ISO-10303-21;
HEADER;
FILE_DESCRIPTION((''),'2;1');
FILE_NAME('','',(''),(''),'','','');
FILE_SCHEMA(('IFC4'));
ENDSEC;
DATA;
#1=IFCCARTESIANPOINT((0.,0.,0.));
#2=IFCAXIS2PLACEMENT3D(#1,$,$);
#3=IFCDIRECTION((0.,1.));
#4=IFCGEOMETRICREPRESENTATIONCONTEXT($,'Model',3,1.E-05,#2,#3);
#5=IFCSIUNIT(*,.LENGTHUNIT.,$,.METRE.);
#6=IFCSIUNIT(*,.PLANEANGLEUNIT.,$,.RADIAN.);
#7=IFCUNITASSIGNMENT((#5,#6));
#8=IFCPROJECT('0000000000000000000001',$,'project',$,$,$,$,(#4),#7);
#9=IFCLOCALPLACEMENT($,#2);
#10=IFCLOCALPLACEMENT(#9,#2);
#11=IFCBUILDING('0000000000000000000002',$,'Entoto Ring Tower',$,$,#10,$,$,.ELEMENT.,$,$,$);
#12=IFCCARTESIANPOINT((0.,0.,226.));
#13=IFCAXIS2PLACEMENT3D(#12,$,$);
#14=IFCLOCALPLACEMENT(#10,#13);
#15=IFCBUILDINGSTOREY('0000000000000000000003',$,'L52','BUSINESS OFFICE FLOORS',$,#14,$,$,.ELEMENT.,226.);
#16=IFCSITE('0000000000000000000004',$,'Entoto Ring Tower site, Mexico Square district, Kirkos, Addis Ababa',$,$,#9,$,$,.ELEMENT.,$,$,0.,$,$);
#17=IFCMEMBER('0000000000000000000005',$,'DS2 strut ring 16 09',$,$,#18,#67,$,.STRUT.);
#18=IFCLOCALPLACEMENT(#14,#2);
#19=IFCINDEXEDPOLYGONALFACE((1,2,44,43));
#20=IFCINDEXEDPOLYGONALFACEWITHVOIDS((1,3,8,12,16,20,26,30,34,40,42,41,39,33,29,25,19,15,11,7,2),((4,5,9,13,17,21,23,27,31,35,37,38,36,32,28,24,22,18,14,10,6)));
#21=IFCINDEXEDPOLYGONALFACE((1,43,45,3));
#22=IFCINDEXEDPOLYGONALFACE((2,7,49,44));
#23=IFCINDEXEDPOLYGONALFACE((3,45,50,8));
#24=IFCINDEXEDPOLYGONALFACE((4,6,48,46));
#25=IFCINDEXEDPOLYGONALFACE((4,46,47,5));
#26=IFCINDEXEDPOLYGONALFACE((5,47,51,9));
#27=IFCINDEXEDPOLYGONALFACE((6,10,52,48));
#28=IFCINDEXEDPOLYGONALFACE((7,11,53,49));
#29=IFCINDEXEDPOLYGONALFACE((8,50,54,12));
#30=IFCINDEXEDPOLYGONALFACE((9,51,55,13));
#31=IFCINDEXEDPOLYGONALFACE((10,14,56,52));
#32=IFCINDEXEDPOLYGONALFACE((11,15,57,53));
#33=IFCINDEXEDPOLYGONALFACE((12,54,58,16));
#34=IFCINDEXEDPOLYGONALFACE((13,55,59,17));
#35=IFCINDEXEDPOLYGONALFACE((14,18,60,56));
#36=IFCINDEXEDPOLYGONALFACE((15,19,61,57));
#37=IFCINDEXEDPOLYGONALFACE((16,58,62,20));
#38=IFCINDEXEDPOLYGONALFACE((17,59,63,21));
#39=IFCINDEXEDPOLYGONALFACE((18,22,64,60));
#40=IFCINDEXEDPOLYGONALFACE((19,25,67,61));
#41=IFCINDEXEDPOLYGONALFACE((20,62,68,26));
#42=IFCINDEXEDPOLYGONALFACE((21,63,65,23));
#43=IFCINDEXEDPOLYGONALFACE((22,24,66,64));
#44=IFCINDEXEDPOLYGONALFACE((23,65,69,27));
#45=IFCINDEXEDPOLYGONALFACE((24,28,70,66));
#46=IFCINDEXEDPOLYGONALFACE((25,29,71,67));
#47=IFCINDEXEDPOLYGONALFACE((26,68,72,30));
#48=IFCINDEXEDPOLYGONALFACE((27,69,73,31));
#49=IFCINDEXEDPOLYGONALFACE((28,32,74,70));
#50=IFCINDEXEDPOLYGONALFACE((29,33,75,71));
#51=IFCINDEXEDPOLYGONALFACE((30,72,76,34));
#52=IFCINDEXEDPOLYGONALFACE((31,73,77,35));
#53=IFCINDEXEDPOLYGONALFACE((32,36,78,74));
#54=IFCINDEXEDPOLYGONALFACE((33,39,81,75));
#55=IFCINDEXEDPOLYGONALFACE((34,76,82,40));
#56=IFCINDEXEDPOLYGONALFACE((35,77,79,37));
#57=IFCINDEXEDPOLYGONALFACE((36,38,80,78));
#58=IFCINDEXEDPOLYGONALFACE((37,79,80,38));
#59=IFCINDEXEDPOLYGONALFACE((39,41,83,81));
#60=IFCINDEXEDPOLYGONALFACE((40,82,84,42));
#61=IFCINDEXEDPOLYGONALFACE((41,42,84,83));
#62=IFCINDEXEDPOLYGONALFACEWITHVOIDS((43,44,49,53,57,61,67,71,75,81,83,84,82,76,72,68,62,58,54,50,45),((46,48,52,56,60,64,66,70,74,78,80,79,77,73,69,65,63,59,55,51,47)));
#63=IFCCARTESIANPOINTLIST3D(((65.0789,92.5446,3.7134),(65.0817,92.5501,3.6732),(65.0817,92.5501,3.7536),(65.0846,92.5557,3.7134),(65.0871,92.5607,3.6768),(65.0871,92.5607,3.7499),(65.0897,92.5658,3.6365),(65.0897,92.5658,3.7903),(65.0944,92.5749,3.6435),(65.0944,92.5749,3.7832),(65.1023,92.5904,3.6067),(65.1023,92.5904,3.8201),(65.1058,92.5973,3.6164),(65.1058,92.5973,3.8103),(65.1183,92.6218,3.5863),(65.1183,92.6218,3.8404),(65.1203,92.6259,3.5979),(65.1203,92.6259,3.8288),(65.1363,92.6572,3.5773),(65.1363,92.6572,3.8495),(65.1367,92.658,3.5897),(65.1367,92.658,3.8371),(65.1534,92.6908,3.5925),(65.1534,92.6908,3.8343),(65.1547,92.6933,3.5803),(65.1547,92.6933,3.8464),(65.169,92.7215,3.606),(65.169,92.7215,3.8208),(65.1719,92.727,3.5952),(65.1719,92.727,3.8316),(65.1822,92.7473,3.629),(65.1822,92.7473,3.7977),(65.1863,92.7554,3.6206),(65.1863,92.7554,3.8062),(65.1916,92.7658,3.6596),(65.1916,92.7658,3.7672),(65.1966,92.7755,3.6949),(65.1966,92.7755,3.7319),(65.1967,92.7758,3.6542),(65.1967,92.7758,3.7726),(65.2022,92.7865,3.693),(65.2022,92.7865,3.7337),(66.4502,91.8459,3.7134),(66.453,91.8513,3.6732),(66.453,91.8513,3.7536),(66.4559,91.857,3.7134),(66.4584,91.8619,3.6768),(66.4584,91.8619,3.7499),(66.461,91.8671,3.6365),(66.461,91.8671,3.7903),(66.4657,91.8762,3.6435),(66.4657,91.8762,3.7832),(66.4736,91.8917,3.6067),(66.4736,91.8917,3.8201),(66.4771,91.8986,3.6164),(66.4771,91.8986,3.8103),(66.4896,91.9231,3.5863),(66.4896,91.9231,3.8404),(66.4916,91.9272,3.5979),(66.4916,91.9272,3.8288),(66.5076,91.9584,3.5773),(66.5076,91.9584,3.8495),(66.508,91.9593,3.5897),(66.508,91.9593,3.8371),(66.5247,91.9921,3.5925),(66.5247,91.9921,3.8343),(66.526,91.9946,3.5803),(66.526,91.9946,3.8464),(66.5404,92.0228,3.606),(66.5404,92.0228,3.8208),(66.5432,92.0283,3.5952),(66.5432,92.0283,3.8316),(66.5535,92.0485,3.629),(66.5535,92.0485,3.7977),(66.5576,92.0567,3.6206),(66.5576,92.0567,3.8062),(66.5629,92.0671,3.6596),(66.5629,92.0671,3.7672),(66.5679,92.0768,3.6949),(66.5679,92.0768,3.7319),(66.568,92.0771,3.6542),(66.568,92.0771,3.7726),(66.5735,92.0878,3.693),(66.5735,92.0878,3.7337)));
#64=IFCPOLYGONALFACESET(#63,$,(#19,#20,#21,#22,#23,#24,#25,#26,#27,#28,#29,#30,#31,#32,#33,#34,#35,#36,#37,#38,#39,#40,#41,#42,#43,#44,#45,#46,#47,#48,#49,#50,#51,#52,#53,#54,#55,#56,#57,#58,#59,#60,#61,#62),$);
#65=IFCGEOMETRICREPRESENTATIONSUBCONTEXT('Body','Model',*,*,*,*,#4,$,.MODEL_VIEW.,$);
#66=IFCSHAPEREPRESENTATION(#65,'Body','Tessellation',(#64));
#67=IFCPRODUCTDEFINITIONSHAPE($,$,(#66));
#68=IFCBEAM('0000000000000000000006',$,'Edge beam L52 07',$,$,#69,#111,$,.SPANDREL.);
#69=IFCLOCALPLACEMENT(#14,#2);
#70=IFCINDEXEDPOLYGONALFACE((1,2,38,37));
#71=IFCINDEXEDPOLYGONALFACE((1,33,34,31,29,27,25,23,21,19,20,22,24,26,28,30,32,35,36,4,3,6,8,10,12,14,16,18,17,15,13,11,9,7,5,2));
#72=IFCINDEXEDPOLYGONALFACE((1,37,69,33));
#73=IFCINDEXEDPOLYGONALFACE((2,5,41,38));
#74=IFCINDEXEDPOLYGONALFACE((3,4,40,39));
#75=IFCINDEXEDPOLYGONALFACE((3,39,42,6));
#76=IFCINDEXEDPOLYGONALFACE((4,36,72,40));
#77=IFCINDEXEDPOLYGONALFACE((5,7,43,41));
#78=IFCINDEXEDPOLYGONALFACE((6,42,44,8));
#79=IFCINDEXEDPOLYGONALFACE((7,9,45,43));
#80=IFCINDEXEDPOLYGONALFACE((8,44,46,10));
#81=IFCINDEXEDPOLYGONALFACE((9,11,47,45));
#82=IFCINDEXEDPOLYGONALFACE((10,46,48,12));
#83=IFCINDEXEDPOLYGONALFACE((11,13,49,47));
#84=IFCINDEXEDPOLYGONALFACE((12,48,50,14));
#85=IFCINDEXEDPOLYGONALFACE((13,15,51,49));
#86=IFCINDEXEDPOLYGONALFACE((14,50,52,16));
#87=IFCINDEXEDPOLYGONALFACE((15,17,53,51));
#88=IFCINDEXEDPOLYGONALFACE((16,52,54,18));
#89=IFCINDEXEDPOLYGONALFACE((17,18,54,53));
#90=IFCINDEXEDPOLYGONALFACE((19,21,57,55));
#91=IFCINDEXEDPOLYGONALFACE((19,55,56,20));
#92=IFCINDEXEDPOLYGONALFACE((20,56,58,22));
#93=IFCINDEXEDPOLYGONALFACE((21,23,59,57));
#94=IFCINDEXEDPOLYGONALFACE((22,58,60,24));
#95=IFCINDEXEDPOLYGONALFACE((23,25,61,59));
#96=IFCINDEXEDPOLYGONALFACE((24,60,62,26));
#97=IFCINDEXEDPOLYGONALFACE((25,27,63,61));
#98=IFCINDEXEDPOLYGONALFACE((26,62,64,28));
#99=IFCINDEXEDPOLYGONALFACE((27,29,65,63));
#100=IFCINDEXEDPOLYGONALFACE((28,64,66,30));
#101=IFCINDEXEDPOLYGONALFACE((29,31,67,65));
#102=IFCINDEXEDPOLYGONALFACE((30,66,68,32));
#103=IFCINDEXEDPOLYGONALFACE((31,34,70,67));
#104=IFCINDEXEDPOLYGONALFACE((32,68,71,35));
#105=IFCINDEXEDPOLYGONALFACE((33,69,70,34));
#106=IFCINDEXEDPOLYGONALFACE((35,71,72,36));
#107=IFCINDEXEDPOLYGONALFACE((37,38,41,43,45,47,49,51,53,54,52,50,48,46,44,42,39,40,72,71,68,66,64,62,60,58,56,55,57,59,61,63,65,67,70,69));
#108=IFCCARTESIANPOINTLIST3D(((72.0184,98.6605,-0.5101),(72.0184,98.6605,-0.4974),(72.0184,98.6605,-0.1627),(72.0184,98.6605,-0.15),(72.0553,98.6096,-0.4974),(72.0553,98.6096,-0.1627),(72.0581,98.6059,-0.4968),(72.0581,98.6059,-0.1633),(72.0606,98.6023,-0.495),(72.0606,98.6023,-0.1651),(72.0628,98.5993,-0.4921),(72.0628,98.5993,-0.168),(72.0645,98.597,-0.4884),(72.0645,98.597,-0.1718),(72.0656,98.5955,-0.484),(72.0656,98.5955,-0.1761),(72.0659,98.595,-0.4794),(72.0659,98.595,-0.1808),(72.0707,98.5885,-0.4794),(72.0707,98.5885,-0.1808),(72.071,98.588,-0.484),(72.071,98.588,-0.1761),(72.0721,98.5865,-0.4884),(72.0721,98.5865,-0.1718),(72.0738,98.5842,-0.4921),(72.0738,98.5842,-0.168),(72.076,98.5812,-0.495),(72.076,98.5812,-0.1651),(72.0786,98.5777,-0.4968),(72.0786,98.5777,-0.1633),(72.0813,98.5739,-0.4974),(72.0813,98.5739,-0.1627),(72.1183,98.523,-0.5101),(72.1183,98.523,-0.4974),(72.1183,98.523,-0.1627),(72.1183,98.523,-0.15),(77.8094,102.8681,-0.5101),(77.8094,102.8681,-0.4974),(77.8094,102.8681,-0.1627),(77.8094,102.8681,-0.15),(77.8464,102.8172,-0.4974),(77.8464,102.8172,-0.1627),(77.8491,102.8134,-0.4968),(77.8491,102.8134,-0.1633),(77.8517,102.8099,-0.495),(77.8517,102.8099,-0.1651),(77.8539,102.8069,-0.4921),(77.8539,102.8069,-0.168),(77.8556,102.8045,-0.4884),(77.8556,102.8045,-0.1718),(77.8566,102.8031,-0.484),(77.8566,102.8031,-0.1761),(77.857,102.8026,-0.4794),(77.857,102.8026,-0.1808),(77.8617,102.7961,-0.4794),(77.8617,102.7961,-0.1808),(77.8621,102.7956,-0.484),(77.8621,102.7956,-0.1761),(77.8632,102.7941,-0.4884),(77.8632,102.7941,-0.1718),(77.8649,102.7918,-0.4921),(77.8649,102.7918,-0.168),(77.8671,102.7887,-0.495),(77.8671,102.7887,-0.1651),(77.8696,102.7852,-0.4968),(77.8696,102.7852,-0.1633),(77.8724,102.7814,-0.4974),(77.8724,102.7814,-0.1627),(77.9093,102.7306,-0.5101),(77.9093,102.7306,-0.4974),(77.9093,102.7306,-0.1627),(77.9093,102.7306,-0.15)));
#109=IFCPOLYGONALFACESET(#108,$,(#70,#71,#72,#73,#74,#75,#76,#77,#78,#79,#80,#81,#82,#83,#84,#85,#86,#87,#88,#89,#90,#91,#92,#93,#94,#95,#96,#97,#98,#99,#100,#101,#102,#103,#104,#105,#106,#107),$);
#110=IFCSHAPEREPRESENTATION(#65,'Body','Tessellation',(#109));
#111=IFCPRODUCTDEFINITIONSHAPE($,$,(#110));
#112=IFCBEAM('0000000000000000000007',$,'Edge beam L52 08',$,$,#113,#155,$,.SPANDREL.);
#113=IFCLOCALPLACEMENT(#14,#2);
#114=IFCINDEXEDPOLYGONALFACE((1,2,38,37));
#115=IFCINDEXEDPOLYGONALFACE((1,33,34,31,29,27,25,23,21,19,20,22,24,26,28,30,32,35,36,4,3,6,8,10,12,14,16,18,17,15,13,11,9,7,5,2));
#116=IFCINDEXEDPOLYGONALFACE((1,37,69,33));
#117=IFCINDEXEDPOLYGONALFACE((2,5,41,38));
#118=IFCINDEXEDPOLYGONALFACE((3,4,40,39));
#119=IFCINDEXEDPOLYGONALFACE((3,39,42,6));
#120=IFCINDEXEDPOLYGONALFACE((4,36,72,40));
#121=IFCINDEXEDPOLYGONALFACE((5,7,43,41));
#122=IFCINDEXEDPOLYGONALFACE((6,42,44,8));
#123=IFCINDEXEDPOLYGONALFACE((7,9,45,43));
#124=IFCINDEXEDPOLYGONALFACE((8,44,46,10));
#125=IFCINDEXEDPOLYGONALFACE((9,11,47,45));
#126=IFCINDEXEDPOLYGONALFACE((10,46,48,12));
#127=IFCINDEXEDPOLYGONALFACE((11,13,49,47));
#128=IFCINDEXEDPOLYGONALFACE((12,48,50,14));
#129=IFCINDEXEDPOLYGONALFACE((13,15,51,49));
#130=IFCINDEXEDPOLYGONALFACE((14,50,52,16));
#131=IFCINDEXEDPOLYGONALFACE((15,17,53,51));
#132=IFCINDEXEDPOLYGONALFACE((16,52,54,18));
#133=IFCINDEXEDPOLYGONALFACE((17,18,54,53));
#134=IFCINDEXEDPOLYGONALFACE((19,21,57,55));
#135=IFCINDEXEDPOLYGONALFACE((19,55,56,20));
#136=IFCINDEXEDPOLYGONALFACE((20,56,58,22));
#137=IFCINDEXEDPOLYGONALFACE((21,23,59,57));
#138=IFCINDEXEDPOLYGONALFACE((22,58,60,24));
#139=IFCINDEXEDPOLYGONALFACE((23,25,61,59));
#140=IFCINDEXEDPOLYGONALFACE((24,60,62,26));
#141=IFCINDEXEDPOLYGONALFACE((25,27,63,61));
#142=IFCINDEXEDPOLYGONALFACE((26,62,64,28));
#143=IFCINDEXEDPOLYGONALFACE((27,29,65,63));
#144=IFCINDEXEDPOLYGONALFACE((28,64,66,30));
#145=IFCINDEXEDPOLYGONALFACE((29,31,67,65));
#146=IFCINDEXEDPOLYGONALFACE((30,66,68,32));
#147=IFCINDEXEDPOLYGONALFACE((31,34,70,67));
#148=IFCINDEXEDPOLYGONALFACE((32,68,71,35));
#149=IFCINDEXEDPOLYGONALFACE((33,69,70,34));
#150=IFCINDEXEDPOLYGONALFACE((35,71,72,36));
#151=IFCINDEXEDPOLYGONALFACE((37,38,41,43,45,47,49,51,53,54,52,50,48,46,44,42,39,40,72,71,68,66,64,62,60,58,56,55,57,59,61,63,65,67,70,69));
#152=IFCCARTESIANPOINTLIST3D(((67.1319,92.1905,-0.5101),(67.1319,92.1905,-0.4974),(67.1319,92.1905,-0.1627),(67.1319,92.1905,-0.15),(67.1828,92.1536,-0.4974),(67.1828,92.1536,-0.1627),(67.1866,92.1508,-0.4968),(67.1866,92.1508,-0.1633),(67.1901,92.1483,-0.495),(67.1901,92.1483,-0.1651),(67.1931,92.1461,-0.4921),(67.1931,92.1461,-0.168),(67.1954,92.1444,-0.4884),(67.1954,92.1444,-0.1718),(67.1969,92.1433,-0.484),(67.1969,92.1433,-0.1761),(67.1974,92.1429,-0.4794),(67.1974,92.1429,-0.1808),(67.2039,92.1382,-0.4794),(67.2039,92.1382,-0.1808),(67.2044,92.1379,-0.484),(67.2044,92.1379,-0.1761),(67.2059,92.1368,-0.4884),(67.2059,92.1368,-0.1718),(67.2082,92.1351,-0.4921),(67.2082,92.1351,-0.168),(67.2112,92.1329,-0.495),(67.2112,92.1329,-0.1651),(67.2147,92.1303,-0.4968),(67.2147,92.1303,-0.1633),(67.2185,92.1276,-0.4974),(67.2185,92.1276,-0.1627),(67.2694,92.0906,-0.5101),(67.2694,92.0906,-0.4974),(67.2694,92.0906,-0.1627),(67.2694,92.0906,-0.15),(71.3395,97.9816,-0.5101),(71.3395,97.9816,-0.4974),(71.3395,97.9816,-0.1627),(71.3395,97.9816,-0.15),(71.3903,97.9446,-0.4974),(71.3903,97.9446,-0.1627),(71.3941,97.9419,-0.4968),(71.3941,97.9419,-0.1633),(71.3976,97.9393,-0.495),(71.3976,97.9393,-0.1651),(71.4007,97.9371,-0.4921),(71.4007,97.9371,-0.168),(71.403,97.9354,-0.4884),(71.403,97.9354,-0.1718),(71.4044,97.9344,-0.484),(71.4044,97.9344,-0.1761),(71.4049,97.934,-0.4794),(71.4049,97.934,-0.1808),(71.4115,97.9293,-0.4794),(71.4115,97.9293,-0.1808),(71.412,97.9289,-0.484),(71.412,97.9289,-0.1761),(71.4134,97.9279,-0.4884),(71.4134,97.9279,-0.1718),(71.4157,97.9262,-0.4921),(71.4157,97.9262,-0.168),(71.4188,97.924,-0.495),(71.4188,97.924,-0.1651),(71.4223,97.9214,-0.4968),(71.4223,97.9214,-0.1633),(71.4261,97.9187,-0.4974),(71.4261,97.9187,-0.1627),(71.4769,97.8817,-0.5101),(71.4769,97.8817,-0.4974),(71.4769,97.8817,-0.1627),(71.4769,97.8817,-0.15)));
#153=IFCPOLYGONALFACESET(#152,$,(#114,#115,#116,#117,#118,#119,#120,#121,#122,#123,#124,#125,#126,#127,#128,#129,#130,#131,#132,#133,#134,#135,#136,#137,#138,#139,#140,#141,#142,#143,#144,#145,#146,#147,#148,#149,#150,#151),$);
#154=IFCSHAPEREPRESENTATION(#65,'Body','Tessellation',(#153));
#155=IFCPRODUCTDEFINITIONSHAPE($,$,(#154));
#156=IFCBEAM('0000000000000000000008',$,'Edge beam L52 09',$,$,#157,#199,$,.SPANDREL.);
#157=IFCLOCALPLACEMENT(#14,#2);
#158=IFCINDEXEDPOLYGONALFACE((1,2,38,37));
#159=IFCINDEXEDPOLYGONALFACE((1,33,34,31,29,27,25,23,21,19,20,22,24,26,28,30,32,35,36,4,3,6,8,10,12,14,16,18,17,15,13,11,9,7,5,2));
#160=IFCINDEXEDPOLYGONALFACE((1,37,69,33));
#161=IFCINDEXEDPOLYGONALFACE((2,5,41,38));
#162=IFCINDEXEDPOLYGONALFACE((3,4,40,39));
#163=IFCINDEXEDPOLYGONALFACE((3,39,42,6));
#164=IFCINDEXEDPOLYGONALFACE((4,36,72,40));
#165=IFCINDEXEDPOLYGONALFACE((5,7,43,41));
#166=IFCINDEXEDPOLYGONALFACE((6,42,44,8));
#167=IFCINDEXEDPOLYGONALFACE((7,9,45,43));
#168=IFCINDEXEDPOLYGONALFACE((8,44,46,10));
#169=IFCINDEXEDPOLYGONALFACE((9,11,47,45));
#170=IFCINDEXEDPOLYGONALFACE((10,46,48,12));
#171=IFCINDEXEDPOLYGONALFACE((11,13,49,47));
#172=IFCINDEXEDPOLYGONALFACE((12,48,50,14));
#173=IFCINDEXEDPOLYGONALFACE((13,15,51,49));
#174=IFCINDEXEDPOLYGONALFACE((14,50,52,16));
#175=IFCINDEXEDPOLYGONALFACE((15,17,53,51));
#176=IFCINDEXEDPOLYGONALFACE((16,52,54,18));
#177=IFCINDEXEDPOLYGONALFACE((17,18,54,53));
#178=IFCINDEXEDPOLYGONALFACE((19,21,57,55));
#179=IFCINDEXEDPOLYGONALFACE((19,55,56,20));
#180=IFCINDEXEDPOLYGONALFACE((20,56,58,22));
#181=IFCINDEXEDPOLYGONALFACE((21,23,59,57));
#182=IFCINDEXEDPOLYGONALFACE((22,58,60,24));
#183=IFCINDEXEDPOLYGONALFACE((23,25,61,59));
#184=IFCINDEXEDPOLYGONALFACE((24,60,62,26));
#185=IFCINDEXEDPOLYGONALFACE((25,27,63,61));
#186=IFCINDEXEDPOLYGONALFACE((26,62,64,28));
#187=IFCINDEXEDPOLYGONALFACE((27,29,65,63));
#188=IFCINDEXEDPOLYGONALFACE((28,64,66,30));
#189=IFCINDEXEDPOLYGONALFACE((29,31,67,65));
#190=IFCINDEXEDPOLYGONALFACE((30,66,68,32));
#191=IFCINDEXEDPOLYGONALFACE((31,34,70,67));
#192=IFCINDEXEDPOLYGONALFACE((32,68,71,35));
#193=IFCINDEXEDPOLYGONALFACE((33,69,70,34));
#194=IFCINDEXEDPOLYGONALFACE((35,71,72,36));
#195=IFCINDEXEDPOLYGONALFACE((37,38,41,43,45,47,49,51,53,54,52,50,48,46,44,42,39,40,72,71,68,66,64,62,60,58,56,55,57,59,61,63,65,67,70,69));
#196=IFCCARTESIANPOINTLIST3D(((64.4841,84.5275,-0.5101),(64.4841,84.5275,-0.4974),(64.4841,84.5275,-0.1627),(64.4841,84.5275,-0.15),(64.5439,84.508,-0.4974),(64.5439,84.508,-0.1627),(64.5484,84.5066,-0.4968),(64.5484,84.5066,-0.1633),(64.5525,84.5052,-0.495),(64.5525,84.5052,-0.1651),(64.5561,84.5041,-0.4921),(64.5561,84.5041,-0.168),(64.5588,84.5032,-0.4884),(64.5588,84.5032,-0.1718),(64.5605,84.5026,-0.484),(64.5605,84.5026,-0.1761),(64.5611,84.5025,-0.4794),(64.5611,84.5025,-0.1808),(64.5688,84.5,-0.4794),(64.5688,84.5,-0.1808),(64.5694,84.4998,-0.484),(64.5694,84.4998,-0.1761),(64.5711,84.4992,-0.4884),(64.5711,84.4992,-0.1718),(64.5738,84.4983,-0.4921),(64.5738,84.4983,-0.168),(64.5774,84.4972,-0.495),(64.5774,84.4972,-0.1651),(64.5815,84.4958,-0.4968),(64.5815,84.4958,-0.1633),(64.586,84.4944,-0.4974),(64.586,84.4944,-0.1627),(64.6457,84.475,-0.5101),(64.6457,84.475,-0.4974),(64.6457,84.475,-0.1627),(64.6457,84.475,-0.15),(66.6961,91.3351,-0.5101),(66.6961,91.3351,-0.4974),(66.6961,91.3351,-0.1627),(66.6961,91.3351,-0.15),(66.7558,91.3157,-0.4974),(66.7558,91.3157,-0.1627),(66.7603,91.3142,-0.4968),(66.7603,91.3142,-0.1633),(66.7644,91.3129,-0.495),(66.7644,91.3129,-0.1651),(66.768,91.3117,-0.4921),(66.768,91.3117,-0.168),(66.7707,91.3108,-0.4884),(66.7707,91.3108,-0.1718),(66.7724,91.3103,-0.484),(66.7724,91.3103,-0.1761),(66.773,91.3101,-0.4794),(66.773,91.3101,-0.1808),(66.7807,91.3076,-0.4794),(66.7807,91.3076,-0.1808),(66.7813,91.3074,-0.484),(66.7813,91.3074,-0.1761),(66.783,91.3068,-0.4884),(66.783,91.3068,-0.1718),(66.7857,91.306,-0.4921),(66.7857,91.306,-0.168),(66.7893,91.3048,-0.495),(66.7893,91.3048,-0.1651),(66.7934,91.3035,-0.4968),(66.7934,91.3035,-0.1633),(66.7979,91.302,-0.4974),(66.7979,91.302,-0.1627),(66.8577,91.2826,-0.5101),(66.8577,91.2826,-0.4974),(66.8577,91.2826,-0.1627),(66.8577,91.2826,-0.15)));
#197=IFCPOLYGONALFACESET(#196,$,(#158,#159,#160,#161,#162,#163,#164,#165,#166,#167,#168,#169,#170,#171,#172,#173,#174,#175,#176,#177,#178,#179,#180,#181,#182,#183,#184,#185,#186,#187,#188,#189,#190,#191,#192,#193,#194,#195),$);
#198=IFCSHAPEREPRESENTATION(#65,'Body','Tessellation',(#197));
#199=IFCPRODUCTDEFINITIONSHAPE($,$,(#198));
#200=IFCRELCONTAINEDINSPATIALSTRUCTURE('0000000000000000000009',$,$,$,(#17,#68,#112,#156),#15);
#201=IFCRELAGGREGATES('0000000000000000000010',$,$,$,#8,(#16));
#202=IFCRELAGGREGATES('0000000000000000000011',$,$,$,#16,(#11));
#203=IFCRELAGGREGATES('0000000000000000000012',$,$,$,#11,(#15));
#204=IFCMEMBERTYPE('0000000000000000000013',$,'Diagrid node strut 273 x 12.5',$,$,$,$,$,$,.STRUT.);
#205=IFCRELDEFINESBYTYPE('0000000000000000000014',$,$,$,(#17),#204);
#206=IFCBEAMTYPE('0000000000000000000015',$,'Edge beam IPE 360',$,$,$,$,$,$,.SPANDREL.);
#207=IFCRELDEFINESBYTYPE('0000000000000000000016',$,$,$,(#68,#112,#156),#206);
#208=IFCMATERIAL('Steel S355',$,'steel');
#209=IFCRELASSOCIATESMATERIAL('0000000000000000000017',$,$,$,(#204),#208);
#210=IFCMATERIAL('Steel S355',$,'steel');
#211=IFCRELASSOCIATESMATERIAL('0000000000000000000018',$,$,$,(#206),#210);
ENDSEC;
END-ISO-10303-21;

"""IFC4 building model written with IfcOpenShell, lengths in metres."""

from ifc_helpers import new_model, si_unit, direction, frame, origin, origin_2d, place, context, subcontext, project, spatial, circle, hollow_circle, i_section, extrude, material, material_profile, profile_set, type_object, element, save


model = new_model("IFC4")

# Units and contexts
model_context = context("Model", 3, precision=1e-05, world=origin(), true_north=direction((0.0, 1.0)))
body_context = subcontext(model_context, "Body", "Model", "MODEL_VIEW")
ifc_project = project(units=[si_unit("LENGTHUNIT", "METRE"), si_unit("PLANEANGLEUNIT", "RADIAN")], contexts=[model_context])

# Site, building, storey
site_placement = place(None, origin())
site = spatial("IfcSite", under=ifc_project, at=site_placement, Name="Entoto Ring Tower site, Mexico Square district, Kirkos, Addis Ababa", CompositionType="ELEMENT", RefElevation=0.0)
building_placement = place(site_placement, origin())
building = spatial("IfcBuilding", under=site, at=building_placement, Name="Entoto Ring Tower", CompositionType="ELEMENT")
storey_placement = place(building_placement, frame((0.0, 0.0, 226.0)))
storey = spatial("IfcBuildingStorey", under=building, at=storey_placement, Name="L52", Description="BUSINESS OFFICE FLOORS", CompositionType="ELEMENT", Elevation=226.0)

# Member
ifc_material_1 = material(Name="Steel S355", Category="steel")
ifc_material_profile_1 = material_profile(ifc_material_1, hollow_circle(Radius=0.1365, WallThickness=0.0125, at=origin_2d()), Name="CHS 273 x 12.5")
ifc_material_2 = material(Name="Concrete C60/75", Category="concrete")
ifc_material_profile_2 = material_profile(ifc_material_2, circle(Radius=0.124, at=origin_2d()), Name="Concrete C60/75 infill")
ifc_profile_set_1 = profile_set([ifc_material_profile_1, ifc_material_profile_2], Name="Steel S355")
member_type = type_object("IfcMemberType", Name="Diagrid node strut 273 x 12.5", PredefinedType="STRUT", material=ifc_profile_set_1)
member_1_placement = place(storey_placement, frame((66.5122, 91.9675, 3.7134), z_axis=(-0.891007, 0.45399, 0.0), x_axis=(-0.45399, -0.891007, 0.0)))
element("IfcMember", 1, at=member_1_placement, inside=storey, type_object=member_type, Name="DS2 strut ring 16 09", PredefinedType="STRUT", context=body_context, shape_type="SweptSolid", body=[
    extrude(hollow_circle(Radius=0.1365, WallThickness=0.0125, at=origin_2d()), origin(), (0.0, 0.0, 1.0), 1.5391),
])

# Beams
ifc_material_3 = material(Name="Steel S355", Category="steel")
ifc_material_profile_3 = material_profile(ifc_material_3, i_section(OverallWidth=0.1699, OverallDepth=0.3601, WebThickness=0.0081, FlangeThickness=0.0127, FilletRadius=0.0181, at=origin_2d()), Name="IPE 360")
ifc_profile_set_2 = profile_set([ifc_material_profile_3], Name="Steel S355")
beam_type_1 = type_object("IfcBeamType", Name="Edge beam IPE 360", PredefinedType="SPANDREL", material=ifc_profile_set_2)
for number, where, z_axis, x_axis, name in (
    (2, (77.8594, 102.7993, -0.3301), (-0.80901, -0.587794, 0.0), (0.587794, -0.80901, 0.0), "Edge beam L52 07"),
    (3, (71.4082, 97.9316, -0.3301), (-0.587794, -0.80901, 0.0), (0.80901, -0.587794, 0.0), "Edge beam L52 08"),
):
    element("IfcBeam", number, at=place(storey_placement, frame(where, z_axis=z_axis, x_axis=x_axis)), inside=storey, type_object=beam_type_1, Name=name, PredefinedType="SPANDREL", context=body_context, shape_type="SweptSolid", body=[
        extrude(i_section(OverallWidth=0.1699, OverallDepth=0.3601, WebThickness=0.0081, FlangeThickness=0.0127, FilletRadius=0.0181, at=origin_2d()), origin(), (0.0, 0.0, 1.0), 7.1582),
    ])
beam_1_placement = place(storey_placement, frame((66.7769, 91.3088, -0.3301), z_axis=(-0.309015, -0.951057, 0.0), x_axis=(0.951057, -0.309015, 0.0)))
element("IfcBeam", 4, at=beam_1_placement, inside=storey, type_object=beam_type_1, Name="Edge beam L52 09", PredefinedType="SPANDREL", context=body_context, shape_type="SweptSolid", body=[
    extrude(i_section(OverallWidth=0.1699, OverallDepth=0.3601, WebThickness=0.0081, FlangeThickness=0.0127, FilletRadius=0.0181, at=origin_2d()), origin(), (0.0, 0.0, 1.0), 7.158),
])

save(model, "model.ifc")
